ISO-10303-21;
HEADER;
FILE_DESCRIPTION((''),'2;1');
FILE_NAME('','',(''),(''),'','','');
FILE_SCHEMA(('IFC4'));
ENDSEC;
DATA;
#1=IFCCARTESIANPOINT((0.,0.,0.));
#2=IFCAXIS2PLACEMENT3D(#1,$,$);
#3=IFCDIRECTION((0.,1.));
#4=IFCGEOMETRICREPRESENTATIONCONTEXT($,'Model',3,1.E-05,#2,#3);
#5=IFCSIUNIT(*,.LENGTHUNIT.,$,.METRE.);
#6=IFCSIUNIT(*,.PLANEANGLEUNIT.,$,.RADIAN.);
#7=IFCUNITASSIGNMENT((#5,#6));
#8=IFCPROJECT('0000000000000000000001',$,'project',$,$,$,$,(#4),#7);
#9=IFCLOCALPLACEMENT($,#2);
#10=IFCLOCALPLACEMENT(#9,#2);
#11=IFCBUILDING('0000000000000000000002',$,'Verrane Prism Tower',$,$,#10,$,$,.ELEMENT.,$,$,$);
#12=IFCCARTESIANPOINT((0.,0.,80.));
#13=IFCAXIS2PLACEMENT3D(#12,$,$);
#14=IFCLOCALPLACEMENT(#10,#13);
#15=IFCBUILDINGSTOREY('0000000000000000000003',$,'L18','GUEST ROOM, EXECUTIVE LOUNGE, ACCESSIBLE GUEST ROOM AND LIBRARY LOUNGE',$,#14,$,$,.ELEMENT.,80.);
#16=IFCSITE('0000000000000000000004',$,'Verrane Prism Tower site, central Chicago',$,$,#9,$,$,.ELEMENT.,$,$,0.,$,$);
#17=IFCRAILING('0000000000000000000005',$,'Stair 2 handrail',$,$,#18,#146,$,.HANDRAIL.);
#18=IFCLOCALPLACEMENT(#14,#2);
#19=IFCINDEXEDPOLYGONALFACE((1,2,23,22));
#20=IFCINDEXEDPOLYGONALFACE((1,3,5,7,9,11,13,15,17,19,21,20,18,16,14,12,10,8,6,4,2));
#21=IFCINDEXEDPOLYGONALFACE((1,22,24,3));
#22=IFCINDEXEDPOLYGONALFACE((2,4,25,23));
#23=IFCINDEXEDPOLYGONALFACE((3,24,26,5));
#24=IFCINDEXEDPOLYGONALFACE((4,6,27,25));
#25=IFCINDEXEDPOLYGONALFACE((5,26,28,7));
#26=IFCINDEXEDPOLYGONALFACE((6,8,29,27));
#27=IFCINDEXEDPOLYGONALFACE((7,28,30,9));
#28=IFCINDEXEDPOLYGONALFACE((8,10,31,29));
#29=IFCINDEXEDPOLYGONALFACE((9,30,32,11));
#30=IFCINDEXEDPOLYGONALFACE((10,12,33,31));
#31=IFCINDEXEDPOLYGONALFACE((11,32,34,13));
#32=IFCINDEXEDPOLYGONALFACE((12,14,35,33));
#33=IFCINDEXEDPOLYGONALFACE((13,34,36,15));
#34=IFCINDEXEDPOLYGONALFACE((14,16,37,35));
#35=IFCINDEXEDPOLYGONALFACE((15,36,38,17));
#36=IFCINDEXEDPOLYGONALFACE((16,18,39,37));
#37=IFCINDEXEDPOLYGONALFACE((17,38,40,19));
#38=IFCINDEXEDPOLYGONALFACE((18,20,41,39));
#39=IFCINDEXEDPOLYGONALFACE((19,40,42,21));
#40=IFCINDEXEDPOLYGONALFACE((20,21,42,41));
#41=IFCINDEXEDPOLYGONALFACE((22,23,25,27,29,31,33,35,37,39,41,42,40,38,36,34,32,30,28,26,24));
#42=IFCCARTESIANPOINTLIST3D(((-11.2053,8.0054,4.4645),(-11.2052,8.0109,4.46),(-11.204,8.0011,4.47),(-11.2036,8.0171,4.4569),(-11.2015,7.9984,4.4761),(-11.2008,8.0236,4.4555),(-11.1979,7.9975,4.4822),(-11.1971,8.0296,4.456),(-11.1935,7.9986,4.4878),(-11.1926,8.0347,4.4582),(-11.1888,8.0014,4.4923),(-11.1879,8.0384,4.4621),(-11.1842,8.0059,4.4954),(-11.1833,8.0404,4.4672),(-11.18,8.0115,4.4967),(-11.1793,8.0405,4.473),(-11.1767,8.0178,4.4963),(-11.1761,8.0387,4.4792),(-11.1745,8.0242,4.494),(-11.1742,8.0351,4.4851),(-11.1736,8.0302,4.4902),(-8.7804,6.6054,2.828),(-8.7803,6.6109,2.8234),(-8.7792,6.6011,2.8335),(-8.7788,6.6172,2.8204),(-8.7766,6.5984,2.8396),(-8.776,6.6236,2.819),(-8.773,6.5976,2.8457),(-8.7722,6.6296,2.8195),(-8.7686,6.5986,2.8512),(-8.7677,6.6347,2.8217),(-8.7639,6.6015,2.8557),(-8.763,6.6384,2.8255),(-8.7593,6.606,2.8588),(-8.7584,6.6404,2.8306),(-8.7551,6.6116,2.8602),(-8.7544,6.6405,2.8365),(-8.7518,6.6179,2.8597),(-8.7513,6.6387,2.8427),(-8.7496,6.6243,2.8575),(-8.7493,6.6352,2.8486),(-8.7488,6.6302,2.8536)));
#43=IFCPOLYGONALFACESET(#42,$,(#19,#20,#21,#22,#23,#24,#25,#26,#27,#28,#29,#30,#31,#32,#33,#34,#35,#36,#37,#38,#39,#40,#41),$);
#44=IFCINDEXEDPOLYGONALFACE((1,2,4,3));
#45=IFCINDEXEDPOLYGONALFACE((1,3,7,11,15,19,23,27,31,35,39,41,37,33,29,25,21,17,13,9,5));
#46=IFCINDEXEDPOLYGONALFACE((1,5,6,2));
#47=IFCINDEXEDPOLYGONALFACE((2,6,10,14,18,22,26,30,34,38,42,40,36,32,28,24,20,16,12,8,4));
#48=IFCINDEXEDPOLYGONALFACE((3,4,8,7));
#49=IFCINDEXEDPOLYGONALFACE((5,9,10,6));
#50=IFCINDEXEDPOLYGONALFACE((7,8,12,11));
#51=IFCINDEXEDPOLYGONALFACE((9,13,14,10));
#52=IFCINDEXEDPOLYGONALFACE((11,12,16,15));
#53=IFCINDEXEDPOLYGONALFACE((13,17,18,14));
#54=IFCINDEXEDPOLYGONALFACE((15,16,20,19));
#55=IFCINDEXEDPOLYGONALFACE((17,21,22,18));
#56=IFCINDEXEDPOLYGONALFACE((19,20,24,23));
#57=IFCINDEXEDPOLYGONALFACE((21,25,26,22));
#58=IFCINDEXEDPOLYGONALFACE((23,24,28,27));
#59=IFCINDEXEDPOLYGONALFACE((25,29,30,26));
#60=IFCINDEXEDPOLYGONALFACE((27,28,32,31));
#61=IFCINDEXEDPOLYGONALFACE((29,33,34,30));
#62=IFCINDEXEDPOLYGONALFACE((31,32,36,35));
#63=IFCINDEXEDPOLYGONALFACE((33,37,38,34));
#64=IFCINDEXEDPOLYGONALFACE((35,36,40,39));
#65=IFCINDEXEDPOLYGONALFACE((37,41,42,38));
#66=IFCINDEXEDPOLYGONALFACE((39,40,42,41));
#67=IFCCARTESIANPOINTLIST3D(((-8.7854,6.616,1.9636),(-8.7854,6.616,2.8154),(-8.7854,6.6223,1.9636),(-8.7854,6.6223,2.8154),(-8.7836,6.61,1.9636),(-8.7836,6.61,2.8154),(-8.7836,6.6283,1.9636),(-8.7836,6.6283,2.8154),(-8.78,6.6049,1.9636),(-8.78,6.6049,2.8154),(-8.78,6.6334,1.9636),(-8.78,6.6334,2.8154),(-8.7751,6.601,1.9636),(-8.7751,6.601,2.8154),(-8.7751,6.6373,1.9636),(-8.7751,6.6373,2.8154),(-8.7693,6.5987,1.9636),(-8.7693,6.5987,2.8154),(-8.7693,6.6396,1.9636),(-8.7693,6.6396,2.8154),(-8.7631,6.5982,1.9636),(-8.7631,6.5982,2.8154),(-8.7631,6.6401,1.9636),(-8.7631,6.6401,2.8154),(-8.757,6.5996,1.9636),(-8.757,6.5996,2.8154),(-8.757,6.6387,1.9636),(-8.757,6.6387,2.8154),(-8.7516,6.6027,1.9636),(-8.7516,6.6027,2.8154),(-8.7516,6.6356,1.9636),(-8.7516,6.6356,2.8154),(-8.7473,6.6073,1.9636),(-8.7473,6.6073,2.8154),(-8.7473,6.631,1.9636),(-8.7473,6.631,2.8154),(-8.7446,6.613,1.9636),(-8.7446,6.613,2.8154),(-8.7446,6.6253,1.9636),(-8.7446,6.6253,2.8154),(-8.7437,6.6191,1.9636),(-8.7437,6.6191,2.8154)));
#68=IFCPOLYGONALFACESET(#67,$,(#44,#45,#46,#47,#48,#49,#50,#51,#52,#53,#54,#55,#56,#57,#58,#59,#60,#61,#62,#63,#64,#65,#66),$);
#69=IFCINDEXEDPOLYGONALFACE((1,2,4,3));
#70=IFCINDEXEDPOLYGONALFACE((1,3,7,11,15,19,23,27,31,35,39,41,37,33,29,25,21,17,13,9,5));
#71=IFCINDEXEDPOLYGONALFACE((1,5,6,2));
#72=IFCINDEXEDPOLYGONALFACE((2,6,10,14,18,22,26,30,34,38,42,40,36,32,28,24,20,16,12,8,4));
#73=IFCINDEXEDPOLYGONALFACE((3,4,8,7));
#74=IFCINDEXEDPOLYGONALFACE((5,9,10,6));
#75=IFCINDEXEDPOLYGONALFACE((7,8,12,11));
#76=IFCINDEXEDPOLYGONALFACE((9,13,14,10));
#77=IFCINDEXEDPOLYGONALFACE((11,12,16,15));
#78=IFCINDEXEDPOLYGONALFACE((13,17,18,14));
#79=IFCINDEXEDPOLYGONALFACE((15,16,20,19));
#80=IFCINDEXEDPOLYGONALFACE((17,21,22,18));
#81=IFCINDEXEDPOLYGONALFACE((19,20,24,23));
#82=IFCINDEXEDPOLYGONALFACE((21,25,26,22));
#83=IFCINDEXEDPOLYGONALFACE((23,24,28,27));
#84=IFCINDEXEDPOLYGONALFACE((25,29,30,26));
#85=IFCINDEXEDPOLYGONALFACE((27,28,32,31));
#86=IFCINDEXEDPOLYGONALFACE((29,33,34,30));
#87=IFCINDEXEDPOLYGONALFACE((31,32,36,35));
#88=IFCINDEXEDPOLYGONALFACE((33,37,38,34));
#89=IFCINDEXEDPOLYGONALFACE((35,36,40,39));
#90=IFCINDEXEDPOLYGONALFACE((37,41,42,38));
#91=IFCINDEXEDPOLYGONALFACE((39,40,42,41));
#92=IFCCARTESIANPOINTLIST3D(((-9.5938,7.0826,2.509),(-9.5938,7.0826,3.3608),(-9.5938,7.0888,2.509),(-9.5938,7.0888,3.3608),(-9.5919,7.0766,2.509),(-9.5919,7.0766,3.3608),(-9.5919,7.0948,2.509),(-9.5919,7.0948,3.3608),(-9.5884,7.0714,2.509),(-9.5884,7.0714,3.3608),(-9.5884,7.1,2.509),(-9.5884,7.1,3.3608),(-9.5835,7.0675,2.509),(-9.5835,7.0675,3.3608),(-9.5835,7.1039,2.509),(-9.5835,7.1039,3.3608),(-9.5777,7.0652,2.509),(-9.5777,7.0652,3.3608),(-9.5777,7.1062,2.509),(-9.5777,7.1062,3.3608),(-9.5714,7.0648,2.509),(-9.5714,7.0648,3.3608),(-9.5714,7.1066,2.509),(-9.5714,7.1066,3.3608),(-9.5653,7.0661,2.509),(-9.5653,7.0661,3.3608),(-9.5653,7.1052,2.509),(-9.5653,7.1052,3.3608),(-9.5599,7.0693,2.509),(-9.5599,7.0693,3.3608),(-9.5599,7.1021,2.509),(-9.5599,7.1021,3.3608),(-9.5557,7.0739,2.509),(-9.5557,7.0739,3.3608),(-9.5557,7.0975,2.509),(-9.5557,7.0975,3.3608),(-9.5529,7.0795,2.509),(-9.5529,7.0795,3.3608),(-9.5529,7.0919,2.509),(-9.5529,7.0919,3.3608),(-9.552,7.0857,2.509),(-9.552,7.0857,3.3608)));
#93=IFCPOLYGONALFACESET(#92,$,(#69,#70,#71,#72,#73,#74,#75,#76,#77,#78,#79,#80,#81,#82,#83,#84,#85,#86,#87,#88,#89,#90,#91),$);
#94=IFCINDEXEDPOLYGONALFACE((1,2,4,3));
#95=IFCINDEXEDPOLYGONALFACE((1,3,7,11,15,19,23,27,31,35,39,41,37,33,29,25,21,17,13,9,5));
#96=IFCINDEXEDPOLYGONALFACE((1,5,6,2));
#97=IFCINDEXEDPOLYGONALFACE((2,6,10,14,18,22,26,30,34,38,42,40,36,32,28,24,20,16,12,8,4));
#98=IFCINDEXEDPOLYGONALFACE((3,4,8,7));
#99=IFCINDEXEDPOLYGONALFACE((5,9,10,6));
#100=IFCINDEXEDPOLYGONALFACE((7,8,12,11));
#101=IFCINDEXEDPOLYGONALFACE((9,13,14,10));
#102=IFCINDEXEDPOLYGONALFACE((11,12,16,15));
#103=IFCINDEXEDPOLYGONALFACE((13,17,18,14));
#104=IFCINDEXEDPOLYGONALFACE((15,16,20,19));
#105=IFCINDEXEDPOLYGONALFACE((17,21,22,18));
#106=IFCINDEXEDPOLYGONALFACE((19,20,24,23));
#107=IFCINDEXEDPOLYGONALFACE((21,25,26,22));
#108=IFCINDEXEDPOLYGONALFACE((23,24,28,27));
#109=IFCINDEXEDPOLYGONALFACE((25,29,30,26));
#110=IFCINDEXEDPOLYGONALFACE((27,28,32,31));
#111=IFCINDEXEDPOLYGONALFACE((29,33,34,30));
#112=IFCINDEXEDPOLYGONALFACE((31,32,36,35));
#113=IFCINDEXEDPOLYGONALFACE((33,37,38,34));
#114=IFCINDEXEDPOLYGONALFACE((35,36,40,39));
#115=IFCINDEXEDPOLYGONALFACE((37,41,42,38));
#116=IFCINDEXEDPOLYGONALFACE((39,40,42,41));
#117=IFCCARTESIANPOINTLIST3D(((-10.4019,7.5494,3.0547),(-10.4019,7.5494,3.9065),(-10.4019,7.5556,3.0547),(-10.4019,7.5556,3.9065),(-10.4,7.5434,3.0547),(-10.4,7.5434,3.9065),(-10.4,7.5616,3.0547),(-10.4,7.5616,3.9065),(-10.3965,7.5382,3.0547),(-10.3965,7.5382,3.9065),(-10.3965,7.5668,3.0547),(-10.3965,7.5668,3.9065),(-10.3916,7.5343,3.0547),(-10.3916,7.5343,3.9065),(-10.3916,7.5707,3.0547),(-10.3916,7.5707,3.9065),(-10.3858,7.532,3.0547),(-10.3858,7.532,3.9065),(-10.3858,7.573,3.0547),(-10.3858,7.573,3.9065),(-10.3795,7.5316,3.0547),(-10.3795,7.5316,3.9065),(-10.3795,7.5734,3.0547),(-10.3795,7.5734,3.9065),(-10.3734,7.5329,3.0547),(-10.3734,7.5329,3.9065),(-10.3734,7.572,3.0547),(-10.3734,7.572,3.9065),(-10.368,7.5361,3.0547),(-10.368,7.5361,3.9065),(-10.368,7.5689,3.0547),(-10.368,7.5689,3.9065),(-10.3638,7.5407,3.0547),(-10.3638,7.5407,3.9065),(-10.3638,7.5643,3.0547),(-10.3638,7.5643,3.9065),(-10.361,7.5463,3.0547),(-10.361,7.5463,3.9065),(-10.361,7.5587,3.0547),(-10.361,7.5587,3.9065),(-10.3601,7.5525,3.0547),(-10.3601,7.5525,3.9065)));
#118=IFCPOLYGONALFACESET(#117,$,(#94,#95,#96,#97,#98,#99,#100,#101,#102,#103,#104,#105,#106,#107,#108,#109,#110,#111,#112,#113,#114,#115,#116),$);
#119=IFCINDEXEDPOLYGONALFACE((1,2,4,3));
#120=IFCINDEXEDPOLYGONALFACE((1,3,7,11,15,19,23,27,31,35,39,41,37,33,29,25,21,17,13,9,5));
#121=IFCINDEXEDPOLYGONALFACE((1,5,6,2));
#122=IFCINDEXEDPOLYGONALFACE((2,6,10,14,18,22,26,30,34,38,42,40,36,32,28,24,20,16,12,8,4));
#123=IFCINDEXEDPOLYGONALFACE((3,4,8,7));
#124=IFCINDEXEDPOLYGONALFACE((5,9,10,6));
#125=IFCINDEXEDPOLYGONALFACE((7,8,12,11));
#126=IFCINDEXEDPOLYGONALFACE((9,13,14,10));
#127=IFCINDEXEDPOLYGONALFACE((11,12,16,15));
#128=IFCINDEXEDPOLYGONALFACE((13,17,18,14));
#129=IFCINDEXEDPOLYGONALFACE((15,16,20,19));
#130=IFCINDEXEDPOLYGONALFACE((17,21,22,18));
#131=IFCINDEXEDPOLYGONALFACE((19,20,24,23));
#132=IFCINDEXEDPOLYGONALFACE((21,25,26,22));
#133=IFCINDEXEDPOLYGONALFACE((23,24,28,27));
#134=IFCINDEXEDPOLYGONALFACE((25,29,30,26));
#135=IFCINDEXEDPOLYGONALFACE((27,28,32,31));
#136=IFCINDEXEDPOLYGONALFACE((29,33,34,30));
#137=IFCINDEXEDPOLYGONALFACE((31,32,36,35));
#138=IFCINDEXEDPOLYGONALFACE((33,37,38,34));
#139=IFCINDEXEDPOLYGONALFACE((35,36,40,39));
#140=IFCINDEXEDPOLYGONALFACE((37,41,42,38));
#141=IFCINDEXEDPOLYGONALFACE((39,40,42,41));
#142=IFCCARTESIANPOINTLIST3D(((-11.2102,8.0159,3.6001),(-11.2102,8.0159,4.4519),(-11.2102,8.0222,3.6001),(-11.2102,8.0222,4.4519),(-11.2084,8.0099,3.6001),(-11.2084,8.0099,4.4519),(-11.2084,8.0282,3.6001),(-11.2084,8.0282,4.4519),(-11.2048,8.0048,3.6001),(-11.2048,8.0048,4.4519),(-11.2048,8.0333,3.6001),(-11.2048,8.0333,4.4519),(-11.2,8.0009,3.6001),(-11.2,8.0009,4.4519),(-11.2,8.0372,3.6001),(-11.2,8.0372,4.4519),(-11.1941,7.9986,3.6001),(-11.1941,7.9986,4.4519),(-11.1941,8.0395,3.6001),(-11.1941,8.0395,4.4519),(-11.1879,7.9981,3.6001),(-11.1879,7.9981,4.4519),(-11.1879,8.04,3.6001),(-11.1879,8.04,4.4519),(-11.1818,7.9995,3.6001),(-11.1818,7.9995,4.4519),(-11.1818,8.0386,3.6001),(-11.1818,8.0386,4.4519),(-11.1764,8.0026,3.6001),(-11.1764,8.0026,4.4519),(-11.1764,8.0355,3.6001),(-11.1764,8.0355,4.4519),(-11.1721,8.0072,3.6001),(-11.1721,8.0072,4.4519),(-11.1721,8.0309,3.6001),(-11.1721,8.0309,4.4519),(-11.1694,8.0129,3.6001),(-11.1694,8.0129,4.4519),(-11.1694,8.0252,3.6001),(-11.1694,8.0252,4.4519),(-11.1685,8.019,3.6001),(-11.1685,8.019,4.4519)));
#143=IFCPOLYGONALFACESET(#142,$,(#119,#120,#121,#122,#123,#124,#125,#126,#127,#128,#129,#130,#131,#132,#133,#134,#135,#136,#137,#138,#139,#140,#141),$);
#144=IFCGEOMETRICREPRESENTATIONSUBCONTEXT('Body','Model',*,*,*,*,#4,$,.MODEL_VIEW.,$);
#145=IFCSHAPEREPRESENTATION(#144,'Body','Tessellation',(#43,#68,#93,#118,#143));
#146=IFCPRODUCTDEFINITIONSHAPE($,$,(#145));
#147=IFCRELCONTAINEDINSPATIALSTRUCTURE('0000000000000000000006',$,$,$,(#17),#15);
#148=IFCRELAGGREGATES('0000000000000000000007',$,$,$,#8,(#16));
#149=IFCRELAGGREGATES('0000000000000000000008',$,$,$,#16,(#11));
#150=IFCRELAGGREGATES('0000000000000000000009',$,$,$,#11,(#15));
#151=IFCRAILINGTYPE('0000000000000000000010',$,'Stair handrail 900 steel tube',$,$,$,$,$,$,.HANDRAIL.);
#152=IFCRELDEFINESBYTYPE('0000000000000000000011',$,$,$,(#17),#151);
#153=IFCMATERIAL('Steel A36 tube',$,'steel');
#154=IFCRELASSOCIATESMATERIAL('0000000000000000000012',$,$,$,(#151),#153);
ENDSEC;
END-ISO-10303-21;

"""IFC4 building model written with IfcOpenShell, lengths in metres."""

from ifc_helpers import new_model, si_unit, direction, frame, origin, origin_2d, place, context, subcontext, project, spatial, circle, extrude, material, type_object, element, save


model = new_model("IFC4")

# Units and contexts
model_context = context("Model", 3, precision=1e-05, world=origin(), true_north=direction((0.0, 1.0)))
body_context = subcontext(model_context, "Body", "Model", "MODEL_VIEW")
ifc_project = project(units=[si_unit("LENGTHUNIT", "METRE"), si_unit("PLANEANGLEUNIT", "RADIAN")], contexts=[model_context])

# Site, building, storey
site_placement = place(None, origin())
site = spatial("IfcSite", under=ifc_project, at=site_placement, Name="Verrane Prism Tower site, central Chicago", CompositionType="ELEMENT", RefElevation=0.0)
building_placement = place(site_placement, origin())
building = spatial("IfcBuilding", under=site, at=building_placement, Name="Verrane Prism Tower", CompositionType="ELEMENT")
storey_placement = place(building_placement, frame((0.0, 0.0, 80.0)))
storey = spatial("IfcBuildingStorey", under=building, at=storey_placement, Name="L18", Description="GUEST ROOM, EXECUTIVE LOUNGE, ACCESSIBLE GUEST ROOM AND LIBRARY LOUNGE", CompositionType="ELEMENT", Elevation=80.0)

# Railing
ifc_material_1 = material(Name="Steel A36 tube", Category="steel")
railing_type_1 = type_object("IfcRailingType", Name="Stair handrail 900 steel tube", PredefinedType="HANDRAIL", material=ifc_material_1)
railing_1_placement = place(storey_placement, frame((-8.7646, 6.6191, 1.9636)))
element("IfcRailing", 1, at=railing_1_placement, inside=storey, type_object=railing_type_1, Name="Stair 2 handrail", PredefinedType="HANDRAIL", context=body_context, shape_type="SweptSolid", body=[
    extrude(circle(Radius=0.0239, at=origin_2d()), frame((0.0, 0.0, 0.876), z_axis=(-0.74769, 0.431661, 0.504608), x_axis=(-0.499984, -0.866035, 0.0)), (0.0, 0.0, 1.0), 3.2432),
    extrude(circle(Radius=0.021, at=origin_2d()), origin(), (0.0, 0.0, 1.0), 0.8518),
    extrude(circle(Radius=0.021, at=origin_2d()), frame((-0.8083, 0.4666, 0.5454)), (0.0, 0.0, 1.0), 0.8518),
    extrude(circle(Radius=0.021, at=origin_2d()), frame((-1.6165, 0.9333, 1.0911)), (0.0, 0.0, 1.0), 0.8518),
    extrude(circle(Radius=0.021, at=origin_2d()), frame((-2.4248, 1.3999, 1.6365)), (0.0, 0.0, 1.0), 0.8518),
])

save(model, "model.ifc")
